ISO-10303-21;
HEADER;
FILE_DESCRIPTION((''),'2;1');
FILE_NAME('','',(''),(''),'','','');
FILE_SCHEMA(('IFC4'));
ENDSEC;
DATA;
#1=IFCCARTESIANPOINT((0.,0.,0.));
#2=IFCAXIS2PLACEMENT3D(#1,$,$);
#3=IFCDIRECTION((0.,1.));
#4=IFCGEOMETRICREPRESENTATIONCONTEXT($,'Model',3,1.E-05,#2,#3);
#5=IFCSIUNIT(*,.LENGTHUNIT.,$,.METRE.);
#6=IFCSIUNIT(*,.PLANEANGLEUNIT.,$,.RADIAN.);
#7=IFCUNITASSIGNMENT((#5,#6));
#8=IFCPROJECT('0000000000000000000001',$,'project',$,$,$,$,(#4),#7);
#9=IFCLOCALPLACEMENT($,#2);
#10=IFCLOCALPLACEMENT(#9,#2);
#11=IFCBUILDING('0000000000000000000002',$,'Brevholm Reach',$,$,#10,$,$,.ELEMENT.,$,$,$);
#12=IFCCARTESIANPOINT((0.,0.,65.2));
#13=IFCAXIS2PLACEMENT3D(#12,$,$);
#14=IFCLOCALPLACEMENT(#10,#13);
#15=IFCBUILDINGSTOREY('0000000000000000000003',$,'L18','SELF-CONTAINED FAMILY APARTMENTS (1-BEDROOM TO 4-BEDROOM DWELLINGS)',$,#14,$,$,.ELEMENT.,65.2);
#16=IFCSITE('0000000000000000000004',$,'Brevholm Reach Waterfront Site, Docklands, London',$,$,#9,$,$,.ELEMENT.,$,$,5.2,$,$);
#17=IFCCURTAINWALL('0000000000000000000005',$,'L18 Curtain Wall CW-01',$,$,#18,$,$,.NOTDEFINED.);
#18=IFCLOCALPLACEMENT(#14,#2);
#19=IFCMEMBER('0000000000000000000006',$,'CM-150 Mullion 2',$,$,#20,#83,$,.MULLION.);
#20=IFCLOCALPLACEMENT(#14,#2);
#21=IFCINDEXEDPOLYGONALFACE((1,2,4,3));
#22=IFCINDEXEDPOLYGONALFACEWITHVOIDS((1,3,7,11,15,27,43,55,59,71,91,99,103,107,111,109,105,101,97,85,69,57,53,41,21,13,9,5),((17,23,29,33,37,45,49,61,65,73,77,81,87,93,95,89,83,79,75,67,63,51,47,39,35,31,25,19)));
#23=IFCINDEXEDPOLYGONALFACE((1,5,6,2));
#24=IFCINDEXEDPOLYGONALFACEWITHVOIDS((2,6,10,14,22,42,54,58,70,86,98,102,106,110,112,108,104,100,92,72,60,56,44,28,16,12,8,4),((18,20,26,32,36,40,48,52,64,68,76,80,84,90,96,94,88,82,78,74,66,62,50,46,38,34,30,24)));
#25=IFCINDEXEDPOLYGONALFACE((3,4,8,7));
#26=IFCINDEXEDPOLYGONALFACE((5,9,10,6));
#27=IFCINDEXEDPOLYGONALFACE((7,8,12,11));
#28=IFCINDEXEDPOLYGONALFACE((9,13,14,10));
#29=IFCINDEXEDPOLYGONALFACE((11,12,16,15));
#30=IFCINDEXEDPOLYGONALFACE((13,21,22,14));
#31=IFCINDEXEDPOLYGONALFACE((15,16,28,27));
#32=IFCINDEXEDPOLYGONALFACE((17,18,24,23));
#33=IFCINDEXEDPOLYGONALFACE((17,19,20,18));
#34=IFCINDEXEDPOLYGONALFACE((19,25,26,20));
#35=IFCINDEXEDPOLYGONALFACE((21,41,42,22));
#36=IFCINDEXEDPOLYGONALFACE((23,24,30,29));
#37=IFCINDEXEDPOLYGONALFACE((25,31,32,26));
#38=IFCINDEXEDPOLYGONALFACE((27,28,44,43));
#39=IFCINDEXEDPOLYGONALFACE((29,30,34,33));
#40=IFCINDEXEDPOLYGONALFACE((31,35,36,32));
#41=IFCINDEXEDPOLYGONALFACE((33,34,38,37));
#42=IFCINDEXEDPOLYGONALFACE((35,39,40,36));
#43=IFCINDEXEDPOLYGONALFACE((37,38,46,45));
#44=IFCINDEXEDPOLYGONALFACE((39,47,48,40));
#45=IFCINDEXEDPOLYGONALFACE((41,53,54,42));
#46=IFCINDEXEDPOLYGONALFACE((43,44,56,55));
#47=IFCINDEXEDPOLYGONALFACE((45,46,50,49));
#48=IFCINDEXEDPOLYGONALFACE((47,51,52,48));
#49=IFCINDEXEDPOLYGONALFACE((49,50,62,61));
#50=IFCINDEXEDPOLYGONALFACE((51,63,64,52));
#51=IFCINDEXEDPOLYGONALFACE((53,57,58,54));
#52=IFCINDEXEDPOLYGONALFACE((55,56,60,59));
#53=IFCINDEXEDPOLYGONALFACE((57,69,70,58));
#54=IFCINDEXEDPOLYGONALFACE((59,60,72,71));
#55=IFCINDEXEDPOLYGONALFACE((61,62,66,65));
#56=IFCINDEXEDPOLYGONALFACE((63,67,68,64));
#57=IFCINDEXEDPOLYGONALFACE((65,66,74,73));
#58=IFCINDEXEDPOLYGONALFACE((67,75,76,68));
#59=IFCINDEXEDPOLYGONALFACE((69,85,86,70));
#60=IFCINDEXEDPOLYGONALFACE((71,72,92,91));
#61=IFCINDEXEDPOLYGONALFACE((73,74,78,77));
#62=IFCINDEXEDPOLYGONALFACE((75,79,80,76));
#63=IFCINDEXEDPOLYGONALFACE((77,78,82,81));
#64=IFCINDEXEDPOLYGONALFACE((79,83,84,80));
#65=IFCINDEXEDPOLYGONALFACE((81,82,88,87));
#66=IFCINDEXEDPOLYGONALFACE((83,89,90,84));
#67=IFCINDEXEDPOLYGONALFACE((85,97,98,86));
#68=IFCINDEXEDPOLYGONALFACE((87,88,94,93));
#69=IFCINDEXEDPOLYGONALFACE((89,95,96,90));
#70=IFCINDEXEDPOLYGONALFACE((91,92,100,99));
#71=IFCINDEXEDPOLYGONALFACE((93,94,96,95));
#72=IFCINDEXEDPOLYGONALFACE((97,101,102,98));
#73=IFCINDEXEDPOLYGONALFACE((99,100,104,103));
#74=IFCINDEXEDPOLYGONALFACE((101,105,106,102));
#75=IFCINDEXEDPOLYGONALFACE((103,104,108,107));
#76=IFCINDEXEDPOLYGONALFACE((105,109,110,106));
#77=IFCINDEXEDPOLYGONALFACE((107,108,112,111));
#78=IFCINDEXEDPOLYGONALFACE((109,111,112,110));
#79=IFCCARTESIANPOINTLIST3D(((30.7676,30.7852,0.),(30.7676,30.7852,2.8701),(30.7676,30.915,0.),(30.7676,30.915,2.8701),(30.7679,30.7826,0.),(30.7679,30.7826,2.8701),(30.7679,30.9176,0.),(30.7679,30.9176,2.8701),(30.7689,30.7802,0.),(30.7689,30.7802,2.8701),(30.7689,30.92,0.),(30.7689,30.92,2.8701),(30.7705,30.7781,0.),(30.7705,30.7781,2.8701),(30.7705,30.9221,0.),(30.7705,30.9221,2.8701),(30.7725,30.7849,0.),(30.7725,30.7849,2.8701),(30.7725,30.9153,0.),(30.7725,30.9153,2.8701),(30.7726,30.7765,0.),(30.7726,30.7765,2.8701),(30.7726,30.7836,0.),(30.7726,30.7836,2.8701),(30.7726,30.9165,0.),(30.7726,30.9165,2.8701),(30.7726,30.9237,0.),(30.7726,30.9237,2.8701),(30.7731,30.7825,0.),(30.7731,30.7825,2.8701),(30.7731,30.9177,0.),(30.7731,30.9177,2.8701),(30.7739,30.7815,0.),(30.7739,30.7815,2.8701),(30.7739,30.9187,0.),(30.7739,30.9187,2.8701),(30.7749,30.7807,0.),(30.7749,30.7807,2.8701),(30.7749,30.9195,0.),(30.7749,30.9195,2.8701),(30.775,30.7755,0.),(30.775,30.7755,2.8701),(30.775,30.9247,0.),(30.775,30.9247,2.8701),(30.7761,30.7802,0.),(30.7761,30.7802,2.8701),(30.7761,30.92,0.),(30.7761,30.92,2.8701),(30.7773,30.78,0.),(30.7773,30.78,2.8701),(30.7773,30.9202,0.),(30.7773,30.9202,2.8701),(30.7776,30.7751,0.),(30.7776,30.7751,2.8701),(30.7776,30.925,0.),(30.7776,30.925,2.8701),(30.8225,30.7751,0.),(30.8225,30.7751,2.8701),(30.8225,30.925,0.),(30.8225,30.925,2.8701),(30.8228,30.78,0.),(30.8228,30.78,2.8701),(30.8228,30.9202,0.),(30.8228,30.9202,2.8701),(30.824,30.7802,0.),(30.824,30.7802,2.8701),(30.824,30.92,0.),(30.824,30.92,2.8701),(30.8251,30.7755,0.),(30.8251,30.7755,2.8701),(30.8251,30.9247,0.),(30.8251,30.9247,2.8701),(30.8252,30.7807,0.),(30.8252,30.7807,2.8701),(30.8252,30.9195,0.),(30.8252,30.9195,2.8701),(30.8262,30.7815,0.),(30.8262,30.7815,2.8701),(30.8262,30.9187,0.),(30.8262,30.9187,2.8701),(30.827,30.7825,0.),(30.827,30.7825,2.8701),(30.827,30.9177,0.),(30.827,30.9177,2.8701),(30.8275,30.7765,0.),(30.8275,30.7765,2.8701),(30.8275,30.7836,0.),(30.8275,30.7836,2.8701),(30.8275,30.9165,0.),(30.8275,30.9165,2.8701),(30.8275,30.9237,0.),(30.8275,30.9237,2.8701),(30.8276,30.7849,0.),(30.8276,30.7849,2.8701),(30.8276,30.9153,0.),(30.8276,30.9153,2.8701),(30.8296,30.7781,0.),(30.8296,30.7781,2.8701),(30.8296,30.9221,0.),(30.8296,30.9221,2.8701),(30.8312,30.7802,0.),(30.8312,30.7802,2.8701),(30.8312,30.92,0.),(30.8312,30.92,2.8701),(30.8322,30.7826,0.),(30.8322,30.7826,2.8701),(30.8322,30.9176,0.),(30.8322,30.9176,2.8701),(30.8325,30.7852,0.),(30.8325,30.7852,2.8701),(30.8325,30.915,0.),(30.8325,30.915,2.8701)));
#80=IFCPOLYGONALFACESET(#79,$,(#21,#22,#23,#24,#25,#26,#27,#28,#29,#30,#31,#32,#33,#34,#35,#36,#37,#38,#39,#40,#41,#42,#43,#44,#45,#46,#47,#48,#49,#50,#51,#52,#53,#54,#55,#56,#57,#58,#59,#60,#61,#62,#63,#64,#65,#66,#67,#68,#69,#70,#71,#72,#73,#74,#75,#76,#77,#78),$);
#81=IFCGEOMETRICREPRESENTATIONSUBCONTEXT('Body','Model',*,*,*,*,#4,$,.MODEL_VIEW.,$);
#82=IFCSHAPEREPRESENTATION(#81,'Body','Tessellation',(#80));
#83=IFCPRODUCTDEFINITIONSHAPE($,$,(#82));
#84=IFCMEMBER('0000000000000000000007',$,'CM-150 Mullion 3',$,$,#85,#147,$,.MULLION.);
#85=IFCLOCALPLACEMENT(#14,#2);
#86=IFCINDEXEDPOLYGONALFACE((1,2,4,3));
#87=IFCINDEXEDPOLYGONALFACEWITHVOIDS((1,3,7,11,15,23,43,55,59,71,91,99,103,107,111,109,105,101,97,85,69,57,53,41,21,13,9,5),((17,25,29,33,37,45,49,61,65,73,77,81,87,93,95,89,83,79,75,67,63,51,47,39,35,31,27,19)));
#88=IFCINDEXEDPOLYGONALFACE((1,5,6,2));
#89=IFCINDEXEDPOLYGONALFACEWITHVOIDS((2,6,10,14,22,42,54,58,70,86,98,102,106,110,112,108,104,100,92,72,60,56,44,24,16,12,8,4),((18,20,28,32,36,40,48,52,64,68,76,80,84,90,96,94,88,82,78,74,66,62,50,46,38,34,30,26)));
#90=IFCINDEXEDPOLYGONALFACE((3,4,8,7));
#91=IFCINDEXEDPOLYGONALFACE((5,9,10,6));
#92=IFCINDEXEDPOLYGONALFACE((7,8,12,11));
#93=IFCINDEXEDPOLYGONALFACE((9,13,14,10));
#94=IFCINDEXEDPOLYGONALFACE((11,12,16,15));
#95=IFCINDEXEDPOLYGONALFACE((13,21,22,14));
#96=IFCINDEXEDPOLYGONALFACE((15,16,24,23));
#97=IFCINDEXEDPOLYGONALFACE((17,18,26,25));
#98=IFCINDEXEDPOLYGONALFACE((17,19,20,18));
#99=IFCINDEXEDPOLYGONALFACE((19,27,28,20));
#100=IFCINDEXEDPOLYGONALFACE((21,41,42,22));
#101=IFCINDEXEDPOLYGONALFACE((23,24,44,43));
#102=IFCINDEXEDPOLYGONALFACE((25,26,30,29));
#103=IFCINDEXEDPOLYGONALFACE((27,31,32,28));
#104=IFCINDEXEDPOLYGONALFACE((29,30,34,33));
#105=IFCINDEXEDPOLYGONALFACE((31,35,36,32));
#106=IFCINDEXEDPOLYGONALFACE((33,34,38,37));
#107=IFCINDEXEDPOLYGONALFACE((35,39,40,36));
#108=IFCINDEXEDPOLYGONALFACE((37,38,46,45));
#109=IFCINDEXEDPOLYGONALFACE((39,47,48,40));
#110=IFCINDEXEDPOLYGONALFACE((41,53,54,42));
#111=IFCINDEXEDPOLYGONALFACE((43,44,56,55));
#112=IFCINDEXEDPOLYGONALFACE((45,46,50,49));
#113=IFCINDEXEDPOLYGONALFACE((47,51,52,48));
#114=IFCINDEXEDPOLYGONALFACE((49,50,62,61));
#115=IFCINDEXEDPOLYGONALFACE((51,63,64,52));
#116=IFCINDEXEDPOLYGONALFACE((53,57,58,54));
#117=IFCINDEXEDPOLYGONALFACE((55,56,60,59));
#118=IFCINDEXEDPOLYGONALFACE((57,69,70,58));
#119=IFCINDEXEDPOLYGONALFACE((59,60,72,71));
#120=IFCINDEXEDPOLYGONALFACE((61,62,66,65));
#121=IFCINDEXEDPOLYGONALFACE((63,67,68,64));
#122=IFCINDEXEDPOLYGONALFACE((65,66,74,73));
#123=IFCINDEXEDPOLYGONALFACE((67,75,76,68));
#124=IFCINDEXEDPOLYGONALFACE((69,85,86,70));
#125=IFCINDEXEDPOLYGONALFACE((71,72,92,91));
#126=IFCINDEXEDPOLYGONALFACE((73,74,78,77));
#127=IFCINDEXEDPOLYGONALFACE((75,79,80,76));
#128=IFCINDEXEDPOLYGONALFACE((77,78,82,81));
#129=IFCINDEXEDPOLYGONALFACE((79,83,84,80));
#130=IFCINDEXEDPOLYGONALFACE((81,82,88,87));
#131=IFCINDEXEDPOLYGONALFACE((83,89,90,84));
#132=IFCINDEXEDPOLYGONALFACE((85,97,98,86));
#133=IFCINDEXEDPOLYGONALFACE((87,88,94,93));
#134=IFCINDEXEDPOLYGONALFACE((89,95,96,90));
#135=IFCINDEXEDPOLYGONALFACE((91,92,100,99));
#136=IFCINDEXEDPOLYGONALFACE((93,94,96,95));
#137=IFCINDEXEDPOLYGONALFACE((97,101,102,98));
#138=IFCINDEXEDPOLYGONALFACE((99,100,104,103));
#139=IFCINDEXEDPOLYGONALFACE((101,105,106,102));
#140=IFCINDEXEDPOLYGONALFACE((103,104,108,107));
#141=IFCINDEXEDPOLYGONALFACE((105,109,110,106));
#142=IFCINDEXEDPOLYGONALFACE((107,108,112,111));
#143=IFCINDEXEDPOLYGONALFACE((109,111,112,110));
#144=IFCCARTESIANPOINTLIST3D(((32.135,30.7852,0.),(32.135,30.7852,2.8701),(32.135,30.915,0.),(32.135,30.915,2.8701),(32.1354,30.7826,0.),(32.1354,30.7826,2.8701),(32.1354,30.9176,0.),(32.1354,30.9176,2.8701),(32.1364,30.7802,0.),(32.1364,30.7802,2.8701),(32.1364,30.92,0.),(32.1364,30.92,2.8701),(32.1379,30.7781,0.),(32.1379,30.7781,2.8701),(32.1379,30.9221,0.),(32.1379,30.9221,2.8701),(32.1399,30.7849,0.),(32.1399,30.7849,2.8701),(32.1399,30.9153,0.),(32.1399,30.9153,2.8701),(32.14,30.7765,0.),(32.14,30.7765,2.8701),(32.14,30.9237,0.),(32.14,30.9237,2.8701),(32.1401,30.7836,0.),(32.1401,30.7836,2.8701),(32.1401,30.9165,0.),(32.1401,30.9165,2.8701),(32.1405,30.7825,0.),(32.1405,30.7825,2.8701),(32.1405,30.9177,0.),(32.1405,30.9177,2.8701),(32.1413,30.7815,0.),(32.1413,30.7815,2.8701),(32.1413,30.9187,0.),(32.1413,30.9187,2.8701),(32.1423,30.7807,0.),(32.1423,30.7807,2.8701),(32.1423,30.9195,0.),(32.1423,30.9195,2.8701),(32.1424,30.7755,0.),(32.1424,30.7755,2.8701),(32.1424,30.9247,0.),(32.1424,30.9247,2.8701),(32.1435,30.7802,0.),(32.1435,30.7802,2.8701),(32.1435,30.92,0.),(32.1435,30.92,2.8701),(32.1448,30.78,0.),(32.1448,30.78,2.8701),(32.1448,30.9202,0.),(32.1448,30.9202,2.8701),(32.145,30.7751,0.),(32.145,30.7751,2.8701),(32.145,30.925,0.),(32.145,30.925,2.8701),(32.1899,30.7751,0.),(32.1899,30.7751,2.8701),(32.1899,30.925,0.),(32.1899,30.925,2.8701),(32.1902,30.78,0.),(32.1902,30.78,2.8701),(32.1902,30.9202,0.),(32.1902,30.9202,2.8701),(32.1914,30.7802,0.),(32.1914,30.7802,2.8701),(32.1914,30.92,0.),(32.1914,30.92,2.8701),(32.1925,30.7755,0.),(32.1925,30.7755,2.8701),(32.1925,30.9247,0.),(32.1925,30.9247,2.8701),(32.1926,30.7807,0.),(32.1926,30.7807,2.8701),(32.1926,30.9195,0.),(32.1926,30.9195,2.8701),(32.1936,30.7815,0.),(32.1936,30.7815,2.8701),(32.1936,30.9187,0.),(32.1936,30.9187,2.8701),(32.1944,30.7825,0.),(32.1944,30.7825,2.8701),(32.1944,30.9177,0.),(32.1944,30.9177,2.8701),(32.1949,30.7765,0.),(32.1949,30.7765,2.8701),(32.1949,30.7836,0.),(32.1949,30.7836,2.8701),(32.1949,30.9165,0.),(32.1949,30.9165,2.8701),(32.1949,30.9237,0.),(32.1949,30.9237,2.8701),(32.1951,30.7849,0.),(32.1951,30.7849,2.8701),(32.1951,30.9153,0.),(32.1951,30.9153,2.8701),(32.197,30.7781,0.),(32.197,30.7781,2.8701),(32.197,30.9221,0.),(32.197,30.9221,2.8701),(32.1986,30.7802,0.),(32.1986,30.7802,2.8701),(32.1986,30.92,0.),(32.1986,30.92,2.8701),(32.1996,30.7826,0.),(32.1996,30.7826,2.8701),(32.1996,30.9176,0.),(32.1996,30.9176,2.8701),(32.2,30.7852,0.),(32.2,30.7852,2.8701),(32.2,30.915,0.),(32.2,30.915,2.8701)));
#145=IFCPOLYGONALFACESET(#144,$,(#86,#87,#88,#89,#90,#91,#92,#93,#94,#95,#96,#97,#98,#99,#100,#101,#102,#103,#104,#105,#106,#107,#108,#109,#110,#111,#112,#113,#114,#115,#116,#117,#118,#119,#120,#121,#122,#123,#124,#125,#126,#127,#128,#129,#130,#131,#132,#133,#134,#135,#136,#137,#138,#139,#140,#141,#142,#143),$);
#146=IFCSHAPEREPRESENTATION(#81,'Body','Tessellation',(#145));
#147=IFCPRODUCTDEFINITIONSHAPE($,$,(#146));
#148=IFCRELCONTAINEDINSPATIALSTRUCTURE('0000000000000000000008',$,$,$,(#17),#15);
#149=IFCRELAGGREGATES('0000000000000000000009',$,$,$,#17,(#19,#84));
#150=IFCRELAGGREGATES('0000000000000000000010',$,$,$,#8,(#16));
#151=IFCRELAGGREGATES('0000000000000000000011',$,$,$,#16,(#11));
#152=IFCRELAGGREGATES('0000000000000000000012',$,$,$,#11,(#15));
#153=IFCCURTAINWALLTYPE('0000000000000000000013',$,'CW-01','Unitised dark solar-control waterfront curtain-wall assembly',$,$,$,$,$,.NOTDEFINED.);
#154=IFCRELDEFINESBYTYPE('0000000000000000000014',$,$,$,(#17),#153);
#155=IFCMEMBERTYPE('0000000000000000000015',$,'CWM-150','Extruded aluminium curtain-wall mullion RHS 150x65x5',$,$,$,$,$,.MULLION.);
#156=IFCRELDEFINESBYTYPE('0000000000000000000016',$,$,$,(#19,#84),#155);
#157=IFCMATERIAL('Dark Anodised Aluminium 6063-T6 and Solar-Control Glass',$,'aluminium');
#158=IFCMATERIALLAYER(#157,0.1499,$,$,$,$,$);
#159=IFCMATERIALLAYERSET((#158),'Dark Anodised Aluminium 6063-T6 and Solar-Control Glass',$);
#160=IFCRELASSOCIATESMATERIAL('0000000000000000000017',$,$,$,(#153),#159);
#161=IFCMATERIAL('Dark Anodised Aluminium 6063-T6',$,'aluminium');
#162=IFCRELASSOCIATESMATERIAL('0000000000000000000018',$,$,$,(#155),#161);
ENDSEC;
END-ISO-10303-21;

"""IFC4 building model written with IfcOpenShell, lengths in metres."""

from ifc_helpers import new_model, si_unit, direction, frame, origin, origin_2d, place, context, subcontext, project, spatial, hollow_rectangle, extrude, material, layer, layer_set, material_profile, profile_set, type_object, element, aggregate, save


model = new_model("IFC4")

# Units and contexts
model_context = context("Model", 3, precision=1e-05, world=origin(), true_north=direction((0.0, 1.0)))
body_context = subcontext(model_context, "Body", "Model", "MODEL_VIEW")
ifc_project = project(units=[si_unit("LENGTHUNIT", "METRE"), si_unit("PLANEANGLEUNIT", "RADIAN")], contexts=[model_context])

# Site, building, storey
site_placement = place(None, origin())
site = spatial("IfcSite", under=ifc_project, at=site_placement, Name="Brevholm Reach Waterfront Site, Docklands, London", CompositionType="ELEMENT", RefElevation=5.2)
building_placement = place(site_placement, origin())
building = spatial("IfcBuilding", under=site, at=building_placement, Name="Brevholm Reach", CompositionType="ELEMENT")
storey_placement = place(building_placement, frame((0.0, 0.0, 65.2)))
storey = spatial("IfcBuildingStorey", under=building, at=storey_placement, Name="L18", Description="SELF-CONTAINED FAMILY APARTMENTS (1-BEDROOM TO 4-BEDROOM DWELLINGS)", CompositionType="ELEMENT", Elevation=65.2)

# Curtain wall, members
ifc_material_1 = material(Name="Dark Anodised Aluminium 6063-T6 and Solar-Control Glass", Category="aluminium")
ifc_layer_1 = layer(ifc_material_1, 0.1499)
ifc_layer_set_1 = layer_set([ifc_layer_1], Name="Dark Anodised Aluminium 6063-T6 and Solar-Control Glass")
curtain_wall_type_1 = type_object("IfcCurtainWallType", Name="CW-01", Description="Unitised dark solar-control waterfront curtain-wall assembly", PredefinedType="NOTDEFINED", material=ifc_layer_set_1)
curtain_wall_1_placement = place(storey_placement, origin())
curtain_wall_1 = element("IfcCurtainWall", 1, at=curtain_wall_1_placement, inside=storey, type_object=curtain_wall_type_1, Name="L18 Curtain Wall CW-01", PredefinedType="NOTDEFINED")
ifc_material_2 = material(Name="Dark Anodised Aluminium 6063-T6", Category="aluminium")
ifc_material_profile_1 = material_profile(ifc_material_2, hollow_rectangle(XDim=0.0649, YDim=0.1499, WallThickness=0.0049, InnerFilletRadius=0.0049, OuterFilletRadius=0.01, at=origin_2d()), Name="RHS 150x65x5")
ifc_profile_set_1 = profile_set([ifc_material_profile_1], Name="Dark Anodised Aluminium 6063-T6")
member_type_1 = type_object("IfcMemberType", Name="CWM-150", Description="Extruded aluminium curtain-wall mullion RHS 150x65x5", PredefinedType="MULLION", material=ifc_profile_set_1)
member_1_placement = place(storey_placement, frame((30.8, 30.8501, 0.0), z_axis=(0.0, 0.0, 1.0), x_axis=(1.0, 0.0, 0.0)))
member_1 = element("IfcMember", 2, at=member_1_placement, type_object=member_type_1, Name="CM-150 Mullion 2", PredefinedType="MULLION", context=body_context, shape_type="SweptSolid", body=[
    extrude(hollow_rectangle(XDim=0.0649, YDim=0.1499, WallThickness=0.0049, InnerFilletRadius=0.0049, OuterFilletRadius=0.01, at=origin_2d()), origin(), (0.0, 0.0, 1.0), 2.8701),
])
member_2_placement = place(storey_placement, frame((32.1675, 30.8501, 0.0), z_axis=(0.0, 0.0, 1.0), x_axis=(1.0, 0.0, 0.0)))
member_2 = element("IfcMember", 3, at=member_2_placement, type_object=member_type_1, Name="CM-150 Mullion 3", PredefinedType="MULLION", context=body_context, shape_type="SweptSolid", body=[
    extrude(hollow_rectangle(XDim=0.0649, YDim=0.1499, WallThickness=0.0049, InnerFilletRadius=0.0049, OuterFilletRadius=0.01, at=origin_2d()), origin(), (0.0, 0.0, 1.0), 2.8701),
])

aggregate(curtain_wall_1, [member_1, member_2])

save(model, "model.ifc")
